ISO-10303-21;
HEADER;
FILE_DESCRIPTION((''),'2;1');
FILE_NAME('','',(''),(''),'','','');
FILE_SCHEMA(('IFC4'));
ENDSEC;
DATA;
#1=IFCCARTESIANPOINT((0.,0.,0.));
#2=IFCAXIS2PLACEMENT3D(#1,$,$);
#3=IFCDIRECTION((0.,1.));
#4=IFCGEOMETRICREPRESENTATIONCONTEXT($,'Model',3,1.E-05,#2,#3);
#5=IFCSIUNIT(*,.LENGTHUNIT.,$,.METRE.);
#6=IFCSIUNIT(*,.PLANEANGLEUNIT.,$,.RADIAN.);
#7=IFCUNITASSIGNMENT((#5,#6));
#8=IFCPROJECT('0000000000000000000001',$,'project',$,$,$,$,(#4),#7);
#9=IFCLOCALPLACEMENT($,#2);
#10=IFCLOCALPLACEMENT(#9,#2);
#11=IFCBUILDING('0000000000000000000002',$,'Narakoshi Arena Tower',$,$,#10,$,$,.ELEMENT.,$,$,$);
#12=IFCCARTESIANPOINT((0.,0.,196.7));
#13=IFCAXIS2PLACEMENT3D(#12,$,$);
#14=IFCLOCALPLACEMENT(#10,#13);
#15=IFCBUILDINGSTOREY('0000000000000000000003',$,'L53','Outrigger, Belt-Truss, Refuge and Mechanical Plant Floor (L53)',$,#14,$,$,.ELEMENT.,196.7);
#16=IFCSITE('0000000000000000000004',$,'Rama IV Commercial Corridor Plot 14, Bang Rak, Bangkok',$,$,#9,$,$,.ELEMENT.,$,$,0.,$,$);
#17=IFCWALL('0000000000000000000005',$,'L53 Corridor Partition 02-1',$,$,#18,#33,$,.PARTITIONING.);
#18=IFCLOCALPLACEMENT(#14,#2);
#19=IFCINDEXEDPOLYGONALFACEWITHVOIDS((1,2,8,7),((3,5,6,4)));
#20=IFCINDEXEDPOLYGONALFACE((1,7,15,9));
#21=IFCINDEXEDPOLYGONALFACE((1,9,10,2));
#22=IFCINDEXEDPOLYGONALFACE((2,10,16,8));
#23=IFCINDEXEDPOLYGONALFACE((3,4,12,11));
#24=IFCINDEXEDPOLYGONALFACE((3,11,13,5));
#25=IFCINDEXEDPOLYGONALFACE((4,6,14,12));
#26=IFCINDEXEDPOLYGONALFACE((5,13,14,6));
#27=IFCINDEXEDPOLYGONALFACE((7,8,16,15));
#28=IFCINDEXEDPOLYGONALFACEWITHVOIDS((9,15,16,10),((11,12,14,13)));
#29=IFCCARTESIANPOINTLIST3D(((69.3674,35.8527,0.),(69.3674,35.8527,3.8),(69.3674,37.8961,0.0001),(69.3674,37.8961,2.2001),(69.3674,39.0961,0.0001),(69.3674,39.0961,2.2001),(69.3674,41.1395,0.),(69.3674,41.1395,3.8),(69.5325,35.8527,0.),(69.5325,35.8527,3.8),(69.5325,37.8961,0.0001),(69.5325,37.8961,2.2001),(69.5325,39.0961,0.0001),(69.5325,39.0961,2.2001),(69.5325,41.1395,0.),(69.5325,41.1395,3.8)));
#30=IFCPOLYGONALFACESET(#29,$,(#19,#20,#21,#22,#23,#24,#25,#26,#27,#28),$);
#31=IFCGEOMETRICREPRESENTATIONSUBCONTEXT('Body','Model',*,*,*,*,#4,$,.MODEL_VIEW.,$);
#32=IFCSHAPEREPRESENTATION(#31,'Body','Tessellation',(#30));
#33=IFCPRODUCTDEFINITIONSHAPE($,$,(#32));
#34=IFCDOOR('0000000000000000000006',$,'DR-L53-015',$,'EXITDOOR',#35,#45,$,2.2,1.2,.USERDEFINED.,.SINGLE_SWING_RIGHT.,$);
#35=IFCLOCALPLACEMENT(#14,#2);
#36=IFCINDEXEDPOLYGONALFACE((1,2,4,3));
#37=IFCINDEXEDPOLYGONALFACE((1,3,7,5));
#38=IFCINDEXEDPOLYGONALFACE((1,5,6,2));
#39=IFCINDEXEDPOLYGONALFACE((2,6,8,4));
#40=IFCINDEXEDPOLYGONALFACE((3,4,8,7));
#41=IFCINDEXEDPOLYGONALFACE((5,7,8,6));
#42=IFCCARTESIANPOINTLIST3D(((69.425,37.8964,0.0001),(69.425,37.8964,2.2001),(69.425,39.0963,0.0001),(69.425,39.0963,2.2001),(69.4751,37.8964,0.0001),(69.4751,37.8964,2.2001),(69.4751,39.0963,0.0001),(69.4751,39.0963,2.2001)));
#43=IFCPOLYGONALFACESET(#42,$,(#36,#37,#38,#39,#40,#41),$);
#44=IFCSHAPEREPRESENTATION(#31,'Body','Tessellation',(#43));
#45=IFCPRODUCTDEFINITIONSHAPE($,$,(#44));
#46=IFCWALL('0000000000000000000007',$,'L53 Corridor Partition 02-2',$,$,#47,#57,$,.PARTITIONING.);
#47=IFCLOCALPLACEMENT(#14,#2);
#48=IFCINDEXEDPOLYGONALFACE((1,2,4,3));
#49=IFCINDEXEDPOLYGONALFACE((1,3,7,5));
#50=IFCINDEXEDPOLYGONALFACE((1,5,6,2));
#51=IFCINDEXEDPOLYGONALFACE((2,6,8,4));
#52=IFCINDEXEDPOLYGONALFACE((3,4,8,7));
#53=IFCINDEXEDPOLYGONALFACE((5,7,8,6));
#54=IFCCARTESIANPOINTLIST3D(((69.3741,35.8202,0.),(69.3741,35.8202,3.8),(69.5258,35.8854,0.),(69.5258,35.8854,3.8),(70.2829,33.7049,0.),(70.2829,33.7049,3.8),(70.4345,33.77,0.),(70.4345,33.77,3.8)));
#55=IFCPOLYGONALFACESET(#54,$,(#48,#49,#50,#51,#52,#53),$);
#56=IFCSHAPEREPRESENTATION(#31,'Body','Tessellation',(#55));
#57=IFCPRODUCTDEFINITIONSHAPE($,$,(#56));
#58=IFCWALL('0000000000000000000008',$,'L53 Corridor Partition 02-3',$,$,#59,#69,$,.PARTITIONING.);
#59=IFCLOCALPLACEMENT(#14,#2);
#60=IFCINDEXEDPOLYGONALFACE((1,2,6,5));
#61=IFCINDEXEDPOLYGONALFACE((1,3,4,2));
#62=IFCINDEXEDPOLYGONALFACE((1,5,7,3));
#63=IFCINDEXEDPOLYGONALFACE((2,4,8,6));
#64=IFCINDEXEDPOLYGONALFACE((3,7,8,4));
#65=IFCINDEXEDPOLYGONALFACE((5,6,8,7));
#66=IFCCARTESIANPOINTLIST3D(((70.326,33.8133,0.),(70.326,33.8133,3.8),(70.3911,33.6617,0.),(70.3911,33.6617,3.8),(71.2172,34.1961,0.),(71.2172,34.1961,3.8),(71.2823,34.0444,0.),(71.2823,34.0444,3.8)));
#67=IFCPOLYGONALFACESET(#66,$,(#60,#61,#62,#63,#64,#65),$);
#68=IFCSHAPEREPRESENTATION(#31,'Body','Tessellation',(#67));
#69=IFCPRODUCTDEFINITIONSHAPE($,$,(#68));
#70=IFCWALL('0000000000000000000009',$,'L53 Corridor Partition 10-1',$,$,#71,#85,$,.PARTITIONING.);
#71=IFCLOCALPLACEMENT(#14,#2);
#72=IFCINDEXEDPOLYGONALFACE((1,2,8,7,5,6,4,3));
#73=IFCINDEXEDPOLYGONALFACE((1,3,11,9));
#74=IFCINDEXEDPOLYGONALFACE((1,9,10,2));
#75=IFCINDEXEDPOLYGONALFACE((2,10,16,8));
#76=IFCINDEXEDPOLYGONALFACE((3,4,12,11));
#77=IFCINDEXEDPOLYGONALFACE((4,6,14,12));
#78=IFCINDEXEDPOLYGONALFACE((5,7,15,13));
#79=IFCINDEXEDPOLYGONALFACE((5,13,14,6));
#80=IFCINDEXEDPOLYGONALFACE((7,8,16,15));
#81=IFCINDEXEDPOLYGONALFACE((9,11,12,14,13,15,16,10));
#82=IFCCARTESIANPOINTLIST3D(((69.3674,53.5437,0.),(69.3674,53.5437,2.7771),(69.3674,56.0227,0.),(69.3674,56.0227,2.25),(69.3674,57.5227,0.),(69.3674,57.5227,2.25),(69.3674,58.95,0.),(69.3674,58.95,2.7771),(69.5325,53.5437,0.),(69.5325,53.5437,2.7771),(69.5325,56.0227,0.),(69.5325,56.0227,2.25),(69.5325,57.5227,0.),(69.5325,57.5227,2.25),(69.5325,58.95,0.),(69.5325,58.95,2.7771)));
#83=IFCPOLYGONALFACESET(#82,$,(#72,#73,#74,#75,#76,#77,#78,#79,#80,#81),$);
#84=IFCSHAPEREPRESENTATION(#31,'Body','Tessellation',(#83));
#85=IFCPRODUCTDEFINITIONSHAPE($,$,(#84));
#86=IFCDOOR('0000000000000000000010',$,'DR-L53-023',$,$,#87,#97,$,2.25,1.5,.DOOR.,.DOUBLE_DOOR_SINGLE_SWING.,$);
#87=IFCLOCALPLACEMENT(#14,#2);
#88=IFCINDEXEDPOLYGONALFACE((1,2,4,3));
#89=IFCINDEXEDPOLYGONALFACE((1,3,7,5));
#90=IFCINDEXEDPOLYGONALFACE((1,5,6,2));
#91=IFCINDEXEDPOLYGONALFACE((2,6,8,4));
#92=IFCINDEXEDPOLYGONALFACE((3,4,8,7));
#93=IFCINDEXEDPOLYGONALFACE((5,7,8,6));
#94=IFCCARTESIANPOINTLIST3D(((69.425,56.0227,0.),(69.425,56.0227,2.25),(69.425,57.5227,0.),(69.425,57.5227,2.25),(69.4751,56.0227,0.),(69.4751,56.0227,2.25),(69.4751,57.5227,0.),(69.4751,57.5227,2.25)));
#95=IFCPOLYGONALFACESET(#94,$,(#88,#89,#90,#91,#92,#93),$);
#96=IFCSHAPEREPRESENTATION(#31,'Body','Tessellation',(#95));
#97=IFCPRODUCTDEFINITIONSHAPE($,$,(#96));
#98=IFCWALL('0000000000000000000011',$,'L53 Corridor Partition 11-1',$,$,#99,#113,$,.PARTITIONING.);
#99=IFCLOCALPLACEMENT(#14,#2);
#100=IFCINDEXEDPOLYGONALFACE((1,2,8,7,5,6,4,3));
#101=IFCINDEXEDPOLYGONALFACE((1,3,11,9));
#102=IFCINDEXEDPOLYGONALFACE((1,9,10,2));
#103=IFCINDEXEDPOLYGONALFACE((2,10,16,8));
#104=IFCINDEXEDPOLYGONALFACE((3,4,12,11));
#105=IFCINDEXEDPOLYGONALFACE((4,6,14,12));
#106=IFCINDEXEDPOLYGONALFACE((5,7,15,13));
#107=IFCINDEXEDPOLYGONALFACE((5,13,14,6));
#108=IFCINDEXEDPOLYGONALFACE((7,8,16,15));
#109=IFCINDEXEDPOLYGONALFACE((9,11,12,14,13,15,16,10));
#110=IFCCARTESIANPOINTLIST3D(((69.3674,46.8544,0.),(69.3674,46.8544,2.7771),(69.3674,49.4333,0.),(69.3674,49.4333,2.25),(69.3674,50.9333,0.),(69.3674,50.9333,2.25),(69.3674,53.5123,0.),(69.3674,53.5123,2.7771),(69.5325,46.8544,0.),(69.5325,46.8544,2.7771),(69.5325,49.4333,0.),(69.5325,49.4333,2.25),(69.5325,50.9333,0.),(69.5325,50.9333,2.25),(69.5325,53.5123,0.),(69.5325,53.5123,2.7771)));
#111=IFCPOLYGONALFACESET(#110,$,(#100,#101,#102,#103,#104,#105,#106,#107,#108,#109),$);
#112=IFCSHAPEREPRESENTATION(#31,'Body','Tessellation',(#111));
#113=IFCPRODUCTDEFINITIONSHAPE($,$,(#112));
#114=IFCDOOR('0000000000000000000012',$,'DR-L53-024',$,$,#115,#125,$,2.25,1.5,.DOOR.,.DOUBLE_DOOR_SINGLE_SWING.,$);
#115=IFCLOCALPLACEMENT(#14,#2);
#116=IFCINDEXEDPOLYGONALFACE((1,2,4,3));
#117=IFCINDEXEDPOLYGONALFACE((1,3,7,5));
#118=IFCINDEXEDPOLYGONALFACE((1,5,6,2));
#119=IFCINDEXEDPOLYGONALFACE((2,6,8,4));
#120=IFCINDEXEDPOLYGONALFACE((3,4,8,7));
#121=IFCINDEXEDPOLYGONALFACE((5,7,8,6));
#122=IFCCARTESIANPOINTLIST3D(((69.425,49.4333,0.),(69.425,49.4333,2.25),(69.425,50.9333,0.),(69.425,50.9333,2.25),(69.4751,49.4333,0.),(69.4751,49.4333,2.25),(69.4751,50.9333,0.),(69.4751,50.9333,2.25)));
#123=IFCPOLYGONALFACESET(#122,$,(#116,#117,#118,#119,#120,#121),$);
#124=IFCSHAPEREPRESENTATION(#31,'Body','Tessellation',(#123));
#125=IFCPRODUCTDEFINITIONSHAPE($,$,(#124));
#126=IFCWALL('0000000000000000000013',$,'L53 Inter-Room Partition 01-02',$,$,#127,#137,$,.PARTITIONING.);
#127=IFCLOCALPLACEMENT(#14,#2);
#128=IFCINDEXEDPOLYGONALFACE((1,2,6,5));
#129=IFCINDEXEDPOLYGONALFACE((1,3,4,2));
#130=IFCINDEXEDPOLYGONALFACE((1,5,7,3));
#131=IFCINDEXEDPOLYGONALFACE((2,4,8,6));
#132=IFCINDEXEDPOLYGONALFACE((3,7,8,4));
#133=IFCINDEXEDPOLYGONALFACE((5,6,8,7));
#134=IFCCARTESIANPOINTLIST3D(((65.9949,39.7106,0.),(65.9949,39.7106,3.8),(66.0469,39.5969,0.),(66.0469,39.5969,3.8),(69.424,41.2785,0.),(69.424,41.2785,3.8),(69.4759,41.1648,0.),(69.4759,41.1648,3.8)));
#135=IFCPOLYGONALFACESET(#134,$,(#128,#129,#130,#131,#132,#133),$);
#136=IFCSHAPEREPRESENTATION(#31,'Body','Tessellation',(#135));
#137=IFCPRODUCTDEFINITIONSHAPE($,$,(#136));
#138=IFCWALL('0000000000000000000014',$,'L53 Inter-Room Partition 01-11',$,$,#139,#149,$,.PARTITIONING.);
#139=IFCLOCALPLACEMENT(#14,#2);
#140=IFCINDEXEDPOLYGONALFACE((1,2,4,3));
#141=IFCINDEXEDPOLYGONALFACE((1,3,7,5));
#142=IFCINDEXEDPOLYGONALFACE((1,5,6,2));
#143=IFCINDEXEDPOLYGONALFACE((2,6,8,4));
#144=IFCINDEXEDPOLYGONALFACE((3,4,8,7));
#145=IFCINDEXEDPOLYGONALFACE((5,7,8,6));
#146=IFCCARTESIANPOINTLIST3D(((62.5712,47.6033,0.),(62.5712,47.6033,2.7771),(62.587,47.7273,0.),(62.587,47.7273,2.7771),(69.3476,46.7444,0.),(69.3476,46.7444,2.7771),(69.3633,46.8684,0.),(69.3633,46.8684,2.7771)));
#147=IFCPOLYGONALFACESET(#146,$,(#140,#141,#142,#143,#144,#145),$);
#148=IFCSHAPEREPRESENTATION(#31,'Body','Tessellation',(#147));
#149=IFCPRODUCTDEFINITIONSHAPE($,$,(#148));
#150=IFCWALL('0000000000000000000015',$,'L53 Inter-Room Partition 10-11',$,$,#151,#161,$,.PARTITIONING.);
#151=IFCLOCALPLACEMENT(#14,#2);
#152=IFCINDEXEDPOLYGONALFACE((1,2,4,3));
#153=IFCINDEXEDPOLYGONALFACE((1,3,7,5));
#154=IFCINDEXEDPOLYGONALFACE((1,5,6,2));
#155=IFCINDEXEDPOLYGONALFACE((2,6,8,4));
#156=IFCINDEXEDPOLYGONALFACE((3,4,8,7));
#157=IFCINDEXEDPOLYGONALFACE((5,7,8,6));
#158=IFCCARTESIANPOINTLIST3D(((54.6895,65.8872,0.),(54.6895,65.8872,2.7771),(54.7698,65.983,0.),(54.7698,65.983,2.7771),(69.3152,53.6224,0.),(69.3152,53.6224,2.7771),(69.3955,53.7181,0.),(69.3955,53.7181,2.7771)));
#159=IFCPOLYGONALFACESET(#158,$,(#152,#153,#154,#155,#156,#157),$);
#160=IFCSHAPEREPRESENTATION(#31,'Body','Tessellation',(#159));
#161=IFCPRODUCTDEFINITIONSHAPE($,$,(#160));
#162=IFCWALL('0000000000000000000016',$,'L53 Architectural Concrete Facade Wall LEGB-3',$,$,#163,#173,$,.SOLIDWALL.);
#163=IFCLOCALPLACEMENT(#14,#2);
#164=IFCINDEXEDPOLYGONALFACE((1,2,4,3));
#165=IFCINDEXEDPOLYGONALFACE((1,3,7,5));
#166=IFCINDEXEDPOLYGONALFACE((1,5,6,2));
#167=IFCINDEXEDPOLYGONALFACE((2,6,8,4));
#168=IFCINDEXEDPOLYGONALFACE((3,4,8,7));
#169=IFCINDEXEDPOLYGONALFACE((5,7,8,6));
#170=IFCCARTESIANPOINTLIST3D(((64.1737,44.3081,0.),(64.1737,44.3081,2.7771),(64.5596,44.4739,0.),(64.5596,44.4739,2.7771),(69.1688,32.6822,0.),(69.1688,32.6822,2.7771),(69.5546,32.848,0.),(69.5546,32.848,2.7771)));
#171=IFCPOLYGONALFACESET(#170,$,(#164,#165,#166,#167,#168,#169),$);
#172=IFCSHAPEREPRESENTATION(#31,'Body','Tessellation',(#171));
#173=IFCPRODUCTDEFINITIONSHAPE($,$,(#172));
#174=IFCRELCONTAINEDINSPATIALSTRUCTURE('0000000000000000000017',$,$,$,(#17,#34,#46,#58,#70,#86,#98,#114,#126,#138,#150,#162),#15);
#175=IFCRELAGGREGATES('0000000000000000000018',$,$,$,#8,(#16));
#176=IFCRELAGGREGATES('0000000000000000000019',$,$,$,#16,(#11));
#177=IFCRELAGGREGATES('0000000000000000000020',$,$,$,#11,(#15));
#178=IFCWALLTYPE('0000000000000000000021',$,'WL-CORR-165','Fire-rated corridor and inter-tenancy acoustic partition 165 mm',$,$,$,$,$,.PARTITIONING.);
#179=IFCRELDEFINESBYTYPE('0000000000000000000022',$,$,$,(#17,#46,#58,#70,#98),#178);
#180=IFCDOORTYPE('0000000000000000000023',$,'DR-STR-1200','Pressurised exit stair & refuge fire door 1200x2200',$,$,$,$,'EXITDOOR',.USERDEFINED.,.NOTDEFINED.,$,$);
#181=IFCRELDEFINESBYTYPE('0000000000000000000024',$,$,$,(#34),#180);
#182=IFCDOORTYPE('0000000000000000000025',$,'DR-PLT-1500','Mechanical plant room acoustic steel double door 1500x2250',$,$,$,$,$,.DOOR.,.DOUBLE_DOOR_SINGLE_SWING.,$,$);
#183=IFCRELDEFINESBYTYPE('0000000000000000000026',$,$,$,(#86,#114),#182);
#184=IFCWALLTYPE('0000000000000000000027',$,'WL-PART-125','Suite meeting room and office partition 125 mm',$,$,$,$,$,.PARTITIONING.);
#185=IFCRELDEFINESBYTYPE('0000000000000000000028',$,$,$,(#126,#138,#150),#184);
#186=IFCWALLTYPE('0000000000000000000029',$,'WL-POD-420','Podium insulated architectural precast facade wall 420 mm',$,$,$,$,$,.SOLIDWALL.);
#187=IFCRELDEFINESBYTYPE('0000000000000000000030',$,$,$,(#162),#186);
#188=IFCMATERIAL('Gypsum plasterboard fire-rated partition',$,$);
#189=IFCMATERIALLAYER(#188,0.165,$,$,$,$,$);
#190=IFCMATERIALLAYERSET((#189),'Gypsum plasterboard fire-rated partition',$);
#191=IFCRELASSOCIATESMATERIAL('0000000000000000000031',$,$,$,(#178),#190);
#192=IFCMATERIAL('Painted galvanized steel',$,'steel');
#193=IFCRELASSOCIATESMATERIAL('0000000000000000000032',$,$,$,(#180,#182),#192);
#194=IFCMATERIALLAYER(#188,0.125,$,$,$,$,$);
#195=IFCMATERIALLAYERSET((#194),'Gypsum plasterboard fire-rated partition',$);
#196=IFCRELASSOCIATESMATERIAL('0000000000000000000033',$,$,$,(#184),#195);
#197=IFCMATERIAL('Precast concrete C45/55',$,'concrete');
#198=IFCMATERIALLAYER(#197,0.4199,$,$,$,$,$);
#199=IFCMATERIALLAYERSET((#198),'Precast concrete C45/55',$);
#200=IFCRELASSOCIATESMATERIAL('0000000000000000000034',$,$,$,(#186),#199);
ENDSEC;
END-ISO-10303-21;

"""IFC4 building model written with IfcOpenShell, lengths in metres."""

from ifc_helpers import new_model, si_unit, direction, frame, frame_2d, origin, place, context, subcontext, project, spatial, rectangle, extrude, material, layer, layer_set, type_object, element, fill, save


model = new_model("IFC4")

# Units and contexts
model_context = context("Model", 3, precision=1e-05, world=origin(), true_north=direction((0.0, 1.0)))
body_context = subcontext(model_context, "Body", "Model", "MODEL_VIEW")
ifc_project = project(units=[si_unit("LENGTHUNIT", "METRE"), si_unit("PLANEANGLEUNIT", "RADIAN")], contexts=[model_context])

# Site, building, storey
site_placement = place(None, origin())
site = spatial("IfcSite", under=ifc_project, at=site_placement, Name="Rama IV Commercial Corridor Plot 14, Bang Rak, Bangkok", CompositionType="ELEMENT", RefElevation=0.0)
building_placement = place(site_placement, origin())
building = spatial("IfcBuilding", under=site, at=building_placement, Name="Narakoshi Arena Tower", CompositionType="ELEMENT")
storey_placement = place(building_placement, frame((0.0, 0.0, 196.7)))
storey = spatial("IfcBuildingStorey", under=building, at=storey_placement, Name="L53", Description="Outrigger, Belt-Truss, Refuge and Mechanical Plant Floor (L53)", CompositionType="ELEMENT", Elevation=196.7)

# Wall, opening, door
ifc_material_1 = material(Name="Gypsum plasterboard fire-rated partition")
ifc_layer_1 = layer(ifc_material_1, 0.165)
ifc_layer_set_1 = layer_set([ifc_layer_1], Name="Gypsum plasterboard fire-rated partition")
wall_type_1 = type_object("IfcWallType", Name="WL-CORR-165", Description="Fire-rated corridor and inter-tenancy acoustic partition 165 mm", PredefinedType="PARTITIONING", material=ifc_layer_set_1)
ifc_material_2 = material(Name="Painted galvanized steel", Category="steel")
door_type_1 = type_object("IfcDoorType", Name="DR-STR-1200", Description="Pressurised exit stair & refuge fire door 1200x2200", ElementType="EXITDOOR", OperationType="NOTDEFINED", PredefinedType="USERDEFINED", material=ifc_material_2)
wall_1_placement = place(storey_placement, frame((69.45, 41.1396, 0.0), z_axis=(0.0, 0.0, 1.0), x_axis=(0.0, -1.0, 0.0)))
wall_1 = element("IfcWall", 1, at=wall_1_placement, inside=storey, type_object=wall_type_1, Name="L53 Corridor Partition 02-1", PredefinedType="PARTITIONING", context=body_context, shape_type="SweptSolid", body=[
    extrude(rectangle(XDim=5.2869, YDim=0.165, at=frame_2d((2.6436, 0.0))), origin(), (0.0, 0.0, 1.0), 3.8),
])
opening_1_placement = place(wall_1_placement, frame((2.0435, 0.0, 0.0)))
opening_1 = element("IfcOpeningElement", 2, at=opening_1_placement, cuts=wall_1, PredefinedType="OPENING", context=body_context, shape_type="SweptSolid", body=[
    extrude(rectangle(XDim=1.2, YDim=2.2, at=frame_2d((0.6001, 1.1001))), frame((0.0, 0.0925, 0.0), z_axis=(0.0, -1.0, 0.0), x_axis=(1.0, 0.0, 0.0)), (0.0, 0.0, 1.0), 0.1851),
])
door_1_placement = place(opening_1_placement, frame((1.2, 0.0, 0.0), z_axis=(0.0, 0.0, 1.0), x_axis=(-1.0, 0.0, 0.0)))
door_1 = element("IfcDoor", 3, at=door_1_placement, inside=storey, type_object=door_type_1, Name="DR-L53-015", ObjectType="EXITDOOR", OperationType="SINGLE_SWING_RIGHT", OverallHeight=2.2, OverallWidth=1.2, PredefinedType="USERDEFINED", context=body_context, shape_type="SweptSolid", body=[
    extrude(rectangle(XDim=1.2, YDim=2.2, at=frame_2d((0.6001, 1.1001))), frame((0.0, 0.0249, 0.0), z_axis=(0.0, -1.0, 0.0), x_axis=(1.0, 0.0, 0.0)), (0.0, 0.0, 1.0), 0.05),
])
fill(opening_1, door_1)

# Walls
wall_2_placement = place(storey_placement, frame((69.45, 35.8528, 0.0), z_axis=(0.0, 0.0, 1.0), x_axis=(0.394713, -0.918805, 0.0)))
element("IfcWall", 4, at=wall_2_placement, inside=storey, type_object=wall_type_1, Name="L53 Corridor Partition 02-2", PredefinedType="PARTITIONING", context=body_context, shape_type="SweptSolid", body=[
    extrude(rectangle(XDim=2.3022, YDim=0.165, at=frame_2d((1.1511, 0.0))), origin(), (0.0, 0.0, 1.0), 3.8),
])
wall_3_placement = place(storey_placement, frame((70.3586, 33.7375, 0.0), z_axis=(0.0, 0.0, 1.0), x_axis=(0.918845, 0.394618, 0.0)))
element("IfcWall", 5, at=wall_3_placement, inside=storey, type_object=wall_type_1, Name="L53 Corridor Partition 02-3", PredefinedType="PARTITIONING", context=body_context, shape_type="SweptSolid", body=[
    extrude(rectangle(XDim=0.97, YDim=0.165, at=frame_2d((0.4849, 0.0))), origin(), (0.0, 0.0, 1.0), 3.8),
])

# Walls, openings, doors
wall_4_placement = place(storey_placement, frame((69.45, 58.95, 0.0), z_axis=(0.0, 0.0, 1.0), x_axis=(0.0, -1.0, 0.0)))
wall_4 = element("IfcWall", 6, at=wall_4_placement, inside=storey, type_object=wall_type_1, Name="L53 Corridor Partition 10-1", PredefinedType="PARTITIONING", context=body_context, shape_type="SweptSolid", body=[
    extrude(rectangle(XDim=5.4062, YDim=0.165, at=frame_2d((2.7031, 0.0))), origin(), (0.0, 0.0, 1.0), 2.7771),
])
opening_2_placement = place(wall_4_placement, frame((1.4272, 0.0, 0.0)))
opening_2 = element("IfcOpeningElement", 7, at=opening_2_placement, cuts=wall_4, PredefinedType="OPENING", context=body_context, shape_type="SweptSolid", body=[
    extrude(rectangle(XDim=1.5, YDim=2.25, at=frame_2d((0.75, 1.125))), frame((0.0, 0.0925, 0.0), z_axis=(0.0, -1.0, 0.0), x_axis=(1.0, 0.0, 0.0)), (0.0, 0.0, 1.0), 0.1851),
])
door_type_2 = type_object("IfcDoorType", Name="DR-PLT-1500", Description="Mechanical plant room acoustic steel double door 1500x2250", OperationType="DOUBLE_DOOR_SINGLE_SWING", PredefinedType="DOOR", material=ifc_material_2)
door_2_placement = place(opening_2_placement, frame((1.5, 0.0, 0.0), z_axis=(0.0, 0.0, 1.0), x_axis=(-1.0, 0.0, 0.0)))
door_2 = element("IfcDoor", 8, at=door_2_placement, inside=storey, type_object=door_type_2, Name="DR-L53-023", OperationType="DOUBLE_DOOR_SINGLE_SWING", OverallHeight=2.25, OverallWidth=1.5, PredefinedType="DOOR", context=body_context, shape_type="SweptSolid", body=[
    extrude(rectangle(XDim=1.5, YDim=2.25, at=frame_2d((0.75, 1.125))), frame((0.0, 0.0249, 0.0), z_axis=(0.0, -1.0, 0.0), x_axis=(1.0, 0.0, 0.0)), (0.0, 0.0, 1.0), 0.05),
])
fill(opening_2, door_2)
wall_5_placement = place(storey_placement, frame((69.45, 53.5125, 0.0), z_axis=(0.0, 0.0, 1.0), x_axis=(0.0, -1.0, 0.0)))
wall_5 = element("IfcWall", 9, at=wall_5_placement, inside=storey, type_object=wall_type_1, Name="L53 Corridor Partition 11-1", PredefinedType="PARTITIONING", context=body_context, shape_type="SweptSolid", body=[
    extrude(rectangle(XDim=6.658, YDim=0.165, at=frame_2d((3.3291, 0.0))), origin(), (0.0, 0.0, 1.0), 2.7771),
])
opening_3_placement = place(wall_5_placement, frame((2.5791, 0.0, 0.0)))
opening_3 = element("IfcOpeningElement", 10, at=opening_3_placement, cuts=wall_5, PredefinedType="OPENING", context=body_context, shape_type="SweptSolid", body=[
    extrude(rectangle(XDim=1.5, YDim=2.25, at=frame_2d((0.75, 1.125))), frame((0.0, 0.0925, 0.0), z_axis=(0.0, -1.0, 0.0), x_axis=(1.0, 0.0, 0.0)), (0.0, 0.0, 1.0), 0.1851),
])
door_3_placement = place(opening_3_placement, frame((1.5, 0.0, 0.0), z_axis=(0.0, 0.0, 1.0), x_axis=(-1.0, 0.0, 0.0)))
door_3 = element("IfcDoor", 11, at=door_3_placement, inside=storey, type_object=door_type_2, Name="DR-L53-024", OperationType="DOUBLE_DOOR_SINGLE_SWING", OverallHeight=2.25, OverallWidth=1.5, PredefinedType="DOOR", context=body_context, shape_type="SweptSolid", body=[
    extrude(rectangle(XDim=1.5, YDim=2.25, at=frame_2d((0.75, 1.125))), frame((0.0, 0.0249, 0.0), z_axis=(0.0, -1.0, 0.0), x_axis=(1.0, 0.0, 0.0)), (0.0, 0.0, 1.0), 0.05),
])
fill(opening_3, door_3)

# Walls
ifc_layer_2 = layer(ifc_material_1, 0.125)
ifc_layer_set_2 = layer_set([ifc_layer_2], Name="Gypsum plasterboard fire-rated partition")
wall_type_2 = type_object("IfcWallType", Name="WL-PART-125", Description="Suite meeting room and office partition 125 mm", PredefinedType="PARTITIONING", material=ifc_layer_set_2)
wall_6_placement = place(storey_placement, frame((69.45, 41.2217, 0.0), z_axis=(0.0, 0.0, 1.0), x_axis=(-0.909439, -0.415836, 0.0)))
element("IfcWall", 12, at=wall_6_placement, inside=storey, type_object=wall_type_2, Name="L53 Inter-Room Partition 01-02", PredefinedType="PARTITIONING", context=body_context, shape_type="SweptSolid", body=[
    extrude(rectangle(XDim=3.7705, YDim=0.125, at=frame_2d((1.8853, 0.0))), origin(), (0.0, 0.0, 1.0), 3.8),
])
wall_7_placement = place(storey_placement, frame((62.5791, 47.6653, 0.0), z_axis=(0.0, 0.0, 1.0), x_axis=(0.992063, -0.125741, 0.0)))
element("IfcWall", 13, at=wall_7_placement, inside=storey, type_object=wall_type_2, Name="L53 Inter-Room Partition 01-11", PredefinedType="PARTITIONING", context=body_context, shape_type="SweptSolid", body=[
    extrude(rectangle(XDim=6.8306, YDim=0.125, at=frame_2d((3.4153, 0.0))), origin(), (0.0, 0.0, 1.0), 2.7771),
])
wall_8_placement = place(storey_placement, frame((69.3555, 53.6702, 0.0), z_axis=(0.0, 0.0, 1.0), x_axis=(-0.766239, 0.642555, 0.0)))
element("IfcWall", 14, at=wall_8_placement, inside=storey, type_object=wall_type_2, Name="L53 Inter-Room Partition 10-11", PredefinedType="PARTITIONING", context=body_context, shape_type="SweptSolid", body=[
    extrude(rectangle(XDim=19.0876, YDim=0.125, at=frame_2d((9.5439, 0.0))), origin(), (0.0, 0.0, 1.0), 2.7771),
])
ifc_material_3 = material(Name="Precast concrete C45/55", Category="concrete")
ifc_layer_3 = layer(ifc_material_3, 0.4199)
ifc_layer_set_3 = layer_set([ifc_layer_3], Name="Precast concrete C45/55")
wall_type_3 = type_object("IfcWallType", Name="WL-POD-420", Description="Podium insulated architectural precast facade wall 420 mm", PredefinedType="SOLIDWALL", material=ifc_layer_set_3)
wall_9_placement = place(storey_placement, frame((64.3667, 44.3909, 0.0), z_axis=(0.0, 0.0, 1.0), x_axis=(0.394757, -0.918785, 0.0)))
element("IfcWall", 15, at=wall_9_placement, inside=storey, type_object=wall_type_3, Name="L53 Architectural Concrete Facade Wall LEGB-3", PredefinedType="SOLIDWALL", context=body_context, shape_type="SweptSolid", body=[
    extrude(rectangle(XDim=12.6536, YDim=0.4199, at=frame_2d((6.3267, 0.0))), origin(), (0.0, 0.0, 1.0), 2.7771),
])

save(model, "model.ifc")
